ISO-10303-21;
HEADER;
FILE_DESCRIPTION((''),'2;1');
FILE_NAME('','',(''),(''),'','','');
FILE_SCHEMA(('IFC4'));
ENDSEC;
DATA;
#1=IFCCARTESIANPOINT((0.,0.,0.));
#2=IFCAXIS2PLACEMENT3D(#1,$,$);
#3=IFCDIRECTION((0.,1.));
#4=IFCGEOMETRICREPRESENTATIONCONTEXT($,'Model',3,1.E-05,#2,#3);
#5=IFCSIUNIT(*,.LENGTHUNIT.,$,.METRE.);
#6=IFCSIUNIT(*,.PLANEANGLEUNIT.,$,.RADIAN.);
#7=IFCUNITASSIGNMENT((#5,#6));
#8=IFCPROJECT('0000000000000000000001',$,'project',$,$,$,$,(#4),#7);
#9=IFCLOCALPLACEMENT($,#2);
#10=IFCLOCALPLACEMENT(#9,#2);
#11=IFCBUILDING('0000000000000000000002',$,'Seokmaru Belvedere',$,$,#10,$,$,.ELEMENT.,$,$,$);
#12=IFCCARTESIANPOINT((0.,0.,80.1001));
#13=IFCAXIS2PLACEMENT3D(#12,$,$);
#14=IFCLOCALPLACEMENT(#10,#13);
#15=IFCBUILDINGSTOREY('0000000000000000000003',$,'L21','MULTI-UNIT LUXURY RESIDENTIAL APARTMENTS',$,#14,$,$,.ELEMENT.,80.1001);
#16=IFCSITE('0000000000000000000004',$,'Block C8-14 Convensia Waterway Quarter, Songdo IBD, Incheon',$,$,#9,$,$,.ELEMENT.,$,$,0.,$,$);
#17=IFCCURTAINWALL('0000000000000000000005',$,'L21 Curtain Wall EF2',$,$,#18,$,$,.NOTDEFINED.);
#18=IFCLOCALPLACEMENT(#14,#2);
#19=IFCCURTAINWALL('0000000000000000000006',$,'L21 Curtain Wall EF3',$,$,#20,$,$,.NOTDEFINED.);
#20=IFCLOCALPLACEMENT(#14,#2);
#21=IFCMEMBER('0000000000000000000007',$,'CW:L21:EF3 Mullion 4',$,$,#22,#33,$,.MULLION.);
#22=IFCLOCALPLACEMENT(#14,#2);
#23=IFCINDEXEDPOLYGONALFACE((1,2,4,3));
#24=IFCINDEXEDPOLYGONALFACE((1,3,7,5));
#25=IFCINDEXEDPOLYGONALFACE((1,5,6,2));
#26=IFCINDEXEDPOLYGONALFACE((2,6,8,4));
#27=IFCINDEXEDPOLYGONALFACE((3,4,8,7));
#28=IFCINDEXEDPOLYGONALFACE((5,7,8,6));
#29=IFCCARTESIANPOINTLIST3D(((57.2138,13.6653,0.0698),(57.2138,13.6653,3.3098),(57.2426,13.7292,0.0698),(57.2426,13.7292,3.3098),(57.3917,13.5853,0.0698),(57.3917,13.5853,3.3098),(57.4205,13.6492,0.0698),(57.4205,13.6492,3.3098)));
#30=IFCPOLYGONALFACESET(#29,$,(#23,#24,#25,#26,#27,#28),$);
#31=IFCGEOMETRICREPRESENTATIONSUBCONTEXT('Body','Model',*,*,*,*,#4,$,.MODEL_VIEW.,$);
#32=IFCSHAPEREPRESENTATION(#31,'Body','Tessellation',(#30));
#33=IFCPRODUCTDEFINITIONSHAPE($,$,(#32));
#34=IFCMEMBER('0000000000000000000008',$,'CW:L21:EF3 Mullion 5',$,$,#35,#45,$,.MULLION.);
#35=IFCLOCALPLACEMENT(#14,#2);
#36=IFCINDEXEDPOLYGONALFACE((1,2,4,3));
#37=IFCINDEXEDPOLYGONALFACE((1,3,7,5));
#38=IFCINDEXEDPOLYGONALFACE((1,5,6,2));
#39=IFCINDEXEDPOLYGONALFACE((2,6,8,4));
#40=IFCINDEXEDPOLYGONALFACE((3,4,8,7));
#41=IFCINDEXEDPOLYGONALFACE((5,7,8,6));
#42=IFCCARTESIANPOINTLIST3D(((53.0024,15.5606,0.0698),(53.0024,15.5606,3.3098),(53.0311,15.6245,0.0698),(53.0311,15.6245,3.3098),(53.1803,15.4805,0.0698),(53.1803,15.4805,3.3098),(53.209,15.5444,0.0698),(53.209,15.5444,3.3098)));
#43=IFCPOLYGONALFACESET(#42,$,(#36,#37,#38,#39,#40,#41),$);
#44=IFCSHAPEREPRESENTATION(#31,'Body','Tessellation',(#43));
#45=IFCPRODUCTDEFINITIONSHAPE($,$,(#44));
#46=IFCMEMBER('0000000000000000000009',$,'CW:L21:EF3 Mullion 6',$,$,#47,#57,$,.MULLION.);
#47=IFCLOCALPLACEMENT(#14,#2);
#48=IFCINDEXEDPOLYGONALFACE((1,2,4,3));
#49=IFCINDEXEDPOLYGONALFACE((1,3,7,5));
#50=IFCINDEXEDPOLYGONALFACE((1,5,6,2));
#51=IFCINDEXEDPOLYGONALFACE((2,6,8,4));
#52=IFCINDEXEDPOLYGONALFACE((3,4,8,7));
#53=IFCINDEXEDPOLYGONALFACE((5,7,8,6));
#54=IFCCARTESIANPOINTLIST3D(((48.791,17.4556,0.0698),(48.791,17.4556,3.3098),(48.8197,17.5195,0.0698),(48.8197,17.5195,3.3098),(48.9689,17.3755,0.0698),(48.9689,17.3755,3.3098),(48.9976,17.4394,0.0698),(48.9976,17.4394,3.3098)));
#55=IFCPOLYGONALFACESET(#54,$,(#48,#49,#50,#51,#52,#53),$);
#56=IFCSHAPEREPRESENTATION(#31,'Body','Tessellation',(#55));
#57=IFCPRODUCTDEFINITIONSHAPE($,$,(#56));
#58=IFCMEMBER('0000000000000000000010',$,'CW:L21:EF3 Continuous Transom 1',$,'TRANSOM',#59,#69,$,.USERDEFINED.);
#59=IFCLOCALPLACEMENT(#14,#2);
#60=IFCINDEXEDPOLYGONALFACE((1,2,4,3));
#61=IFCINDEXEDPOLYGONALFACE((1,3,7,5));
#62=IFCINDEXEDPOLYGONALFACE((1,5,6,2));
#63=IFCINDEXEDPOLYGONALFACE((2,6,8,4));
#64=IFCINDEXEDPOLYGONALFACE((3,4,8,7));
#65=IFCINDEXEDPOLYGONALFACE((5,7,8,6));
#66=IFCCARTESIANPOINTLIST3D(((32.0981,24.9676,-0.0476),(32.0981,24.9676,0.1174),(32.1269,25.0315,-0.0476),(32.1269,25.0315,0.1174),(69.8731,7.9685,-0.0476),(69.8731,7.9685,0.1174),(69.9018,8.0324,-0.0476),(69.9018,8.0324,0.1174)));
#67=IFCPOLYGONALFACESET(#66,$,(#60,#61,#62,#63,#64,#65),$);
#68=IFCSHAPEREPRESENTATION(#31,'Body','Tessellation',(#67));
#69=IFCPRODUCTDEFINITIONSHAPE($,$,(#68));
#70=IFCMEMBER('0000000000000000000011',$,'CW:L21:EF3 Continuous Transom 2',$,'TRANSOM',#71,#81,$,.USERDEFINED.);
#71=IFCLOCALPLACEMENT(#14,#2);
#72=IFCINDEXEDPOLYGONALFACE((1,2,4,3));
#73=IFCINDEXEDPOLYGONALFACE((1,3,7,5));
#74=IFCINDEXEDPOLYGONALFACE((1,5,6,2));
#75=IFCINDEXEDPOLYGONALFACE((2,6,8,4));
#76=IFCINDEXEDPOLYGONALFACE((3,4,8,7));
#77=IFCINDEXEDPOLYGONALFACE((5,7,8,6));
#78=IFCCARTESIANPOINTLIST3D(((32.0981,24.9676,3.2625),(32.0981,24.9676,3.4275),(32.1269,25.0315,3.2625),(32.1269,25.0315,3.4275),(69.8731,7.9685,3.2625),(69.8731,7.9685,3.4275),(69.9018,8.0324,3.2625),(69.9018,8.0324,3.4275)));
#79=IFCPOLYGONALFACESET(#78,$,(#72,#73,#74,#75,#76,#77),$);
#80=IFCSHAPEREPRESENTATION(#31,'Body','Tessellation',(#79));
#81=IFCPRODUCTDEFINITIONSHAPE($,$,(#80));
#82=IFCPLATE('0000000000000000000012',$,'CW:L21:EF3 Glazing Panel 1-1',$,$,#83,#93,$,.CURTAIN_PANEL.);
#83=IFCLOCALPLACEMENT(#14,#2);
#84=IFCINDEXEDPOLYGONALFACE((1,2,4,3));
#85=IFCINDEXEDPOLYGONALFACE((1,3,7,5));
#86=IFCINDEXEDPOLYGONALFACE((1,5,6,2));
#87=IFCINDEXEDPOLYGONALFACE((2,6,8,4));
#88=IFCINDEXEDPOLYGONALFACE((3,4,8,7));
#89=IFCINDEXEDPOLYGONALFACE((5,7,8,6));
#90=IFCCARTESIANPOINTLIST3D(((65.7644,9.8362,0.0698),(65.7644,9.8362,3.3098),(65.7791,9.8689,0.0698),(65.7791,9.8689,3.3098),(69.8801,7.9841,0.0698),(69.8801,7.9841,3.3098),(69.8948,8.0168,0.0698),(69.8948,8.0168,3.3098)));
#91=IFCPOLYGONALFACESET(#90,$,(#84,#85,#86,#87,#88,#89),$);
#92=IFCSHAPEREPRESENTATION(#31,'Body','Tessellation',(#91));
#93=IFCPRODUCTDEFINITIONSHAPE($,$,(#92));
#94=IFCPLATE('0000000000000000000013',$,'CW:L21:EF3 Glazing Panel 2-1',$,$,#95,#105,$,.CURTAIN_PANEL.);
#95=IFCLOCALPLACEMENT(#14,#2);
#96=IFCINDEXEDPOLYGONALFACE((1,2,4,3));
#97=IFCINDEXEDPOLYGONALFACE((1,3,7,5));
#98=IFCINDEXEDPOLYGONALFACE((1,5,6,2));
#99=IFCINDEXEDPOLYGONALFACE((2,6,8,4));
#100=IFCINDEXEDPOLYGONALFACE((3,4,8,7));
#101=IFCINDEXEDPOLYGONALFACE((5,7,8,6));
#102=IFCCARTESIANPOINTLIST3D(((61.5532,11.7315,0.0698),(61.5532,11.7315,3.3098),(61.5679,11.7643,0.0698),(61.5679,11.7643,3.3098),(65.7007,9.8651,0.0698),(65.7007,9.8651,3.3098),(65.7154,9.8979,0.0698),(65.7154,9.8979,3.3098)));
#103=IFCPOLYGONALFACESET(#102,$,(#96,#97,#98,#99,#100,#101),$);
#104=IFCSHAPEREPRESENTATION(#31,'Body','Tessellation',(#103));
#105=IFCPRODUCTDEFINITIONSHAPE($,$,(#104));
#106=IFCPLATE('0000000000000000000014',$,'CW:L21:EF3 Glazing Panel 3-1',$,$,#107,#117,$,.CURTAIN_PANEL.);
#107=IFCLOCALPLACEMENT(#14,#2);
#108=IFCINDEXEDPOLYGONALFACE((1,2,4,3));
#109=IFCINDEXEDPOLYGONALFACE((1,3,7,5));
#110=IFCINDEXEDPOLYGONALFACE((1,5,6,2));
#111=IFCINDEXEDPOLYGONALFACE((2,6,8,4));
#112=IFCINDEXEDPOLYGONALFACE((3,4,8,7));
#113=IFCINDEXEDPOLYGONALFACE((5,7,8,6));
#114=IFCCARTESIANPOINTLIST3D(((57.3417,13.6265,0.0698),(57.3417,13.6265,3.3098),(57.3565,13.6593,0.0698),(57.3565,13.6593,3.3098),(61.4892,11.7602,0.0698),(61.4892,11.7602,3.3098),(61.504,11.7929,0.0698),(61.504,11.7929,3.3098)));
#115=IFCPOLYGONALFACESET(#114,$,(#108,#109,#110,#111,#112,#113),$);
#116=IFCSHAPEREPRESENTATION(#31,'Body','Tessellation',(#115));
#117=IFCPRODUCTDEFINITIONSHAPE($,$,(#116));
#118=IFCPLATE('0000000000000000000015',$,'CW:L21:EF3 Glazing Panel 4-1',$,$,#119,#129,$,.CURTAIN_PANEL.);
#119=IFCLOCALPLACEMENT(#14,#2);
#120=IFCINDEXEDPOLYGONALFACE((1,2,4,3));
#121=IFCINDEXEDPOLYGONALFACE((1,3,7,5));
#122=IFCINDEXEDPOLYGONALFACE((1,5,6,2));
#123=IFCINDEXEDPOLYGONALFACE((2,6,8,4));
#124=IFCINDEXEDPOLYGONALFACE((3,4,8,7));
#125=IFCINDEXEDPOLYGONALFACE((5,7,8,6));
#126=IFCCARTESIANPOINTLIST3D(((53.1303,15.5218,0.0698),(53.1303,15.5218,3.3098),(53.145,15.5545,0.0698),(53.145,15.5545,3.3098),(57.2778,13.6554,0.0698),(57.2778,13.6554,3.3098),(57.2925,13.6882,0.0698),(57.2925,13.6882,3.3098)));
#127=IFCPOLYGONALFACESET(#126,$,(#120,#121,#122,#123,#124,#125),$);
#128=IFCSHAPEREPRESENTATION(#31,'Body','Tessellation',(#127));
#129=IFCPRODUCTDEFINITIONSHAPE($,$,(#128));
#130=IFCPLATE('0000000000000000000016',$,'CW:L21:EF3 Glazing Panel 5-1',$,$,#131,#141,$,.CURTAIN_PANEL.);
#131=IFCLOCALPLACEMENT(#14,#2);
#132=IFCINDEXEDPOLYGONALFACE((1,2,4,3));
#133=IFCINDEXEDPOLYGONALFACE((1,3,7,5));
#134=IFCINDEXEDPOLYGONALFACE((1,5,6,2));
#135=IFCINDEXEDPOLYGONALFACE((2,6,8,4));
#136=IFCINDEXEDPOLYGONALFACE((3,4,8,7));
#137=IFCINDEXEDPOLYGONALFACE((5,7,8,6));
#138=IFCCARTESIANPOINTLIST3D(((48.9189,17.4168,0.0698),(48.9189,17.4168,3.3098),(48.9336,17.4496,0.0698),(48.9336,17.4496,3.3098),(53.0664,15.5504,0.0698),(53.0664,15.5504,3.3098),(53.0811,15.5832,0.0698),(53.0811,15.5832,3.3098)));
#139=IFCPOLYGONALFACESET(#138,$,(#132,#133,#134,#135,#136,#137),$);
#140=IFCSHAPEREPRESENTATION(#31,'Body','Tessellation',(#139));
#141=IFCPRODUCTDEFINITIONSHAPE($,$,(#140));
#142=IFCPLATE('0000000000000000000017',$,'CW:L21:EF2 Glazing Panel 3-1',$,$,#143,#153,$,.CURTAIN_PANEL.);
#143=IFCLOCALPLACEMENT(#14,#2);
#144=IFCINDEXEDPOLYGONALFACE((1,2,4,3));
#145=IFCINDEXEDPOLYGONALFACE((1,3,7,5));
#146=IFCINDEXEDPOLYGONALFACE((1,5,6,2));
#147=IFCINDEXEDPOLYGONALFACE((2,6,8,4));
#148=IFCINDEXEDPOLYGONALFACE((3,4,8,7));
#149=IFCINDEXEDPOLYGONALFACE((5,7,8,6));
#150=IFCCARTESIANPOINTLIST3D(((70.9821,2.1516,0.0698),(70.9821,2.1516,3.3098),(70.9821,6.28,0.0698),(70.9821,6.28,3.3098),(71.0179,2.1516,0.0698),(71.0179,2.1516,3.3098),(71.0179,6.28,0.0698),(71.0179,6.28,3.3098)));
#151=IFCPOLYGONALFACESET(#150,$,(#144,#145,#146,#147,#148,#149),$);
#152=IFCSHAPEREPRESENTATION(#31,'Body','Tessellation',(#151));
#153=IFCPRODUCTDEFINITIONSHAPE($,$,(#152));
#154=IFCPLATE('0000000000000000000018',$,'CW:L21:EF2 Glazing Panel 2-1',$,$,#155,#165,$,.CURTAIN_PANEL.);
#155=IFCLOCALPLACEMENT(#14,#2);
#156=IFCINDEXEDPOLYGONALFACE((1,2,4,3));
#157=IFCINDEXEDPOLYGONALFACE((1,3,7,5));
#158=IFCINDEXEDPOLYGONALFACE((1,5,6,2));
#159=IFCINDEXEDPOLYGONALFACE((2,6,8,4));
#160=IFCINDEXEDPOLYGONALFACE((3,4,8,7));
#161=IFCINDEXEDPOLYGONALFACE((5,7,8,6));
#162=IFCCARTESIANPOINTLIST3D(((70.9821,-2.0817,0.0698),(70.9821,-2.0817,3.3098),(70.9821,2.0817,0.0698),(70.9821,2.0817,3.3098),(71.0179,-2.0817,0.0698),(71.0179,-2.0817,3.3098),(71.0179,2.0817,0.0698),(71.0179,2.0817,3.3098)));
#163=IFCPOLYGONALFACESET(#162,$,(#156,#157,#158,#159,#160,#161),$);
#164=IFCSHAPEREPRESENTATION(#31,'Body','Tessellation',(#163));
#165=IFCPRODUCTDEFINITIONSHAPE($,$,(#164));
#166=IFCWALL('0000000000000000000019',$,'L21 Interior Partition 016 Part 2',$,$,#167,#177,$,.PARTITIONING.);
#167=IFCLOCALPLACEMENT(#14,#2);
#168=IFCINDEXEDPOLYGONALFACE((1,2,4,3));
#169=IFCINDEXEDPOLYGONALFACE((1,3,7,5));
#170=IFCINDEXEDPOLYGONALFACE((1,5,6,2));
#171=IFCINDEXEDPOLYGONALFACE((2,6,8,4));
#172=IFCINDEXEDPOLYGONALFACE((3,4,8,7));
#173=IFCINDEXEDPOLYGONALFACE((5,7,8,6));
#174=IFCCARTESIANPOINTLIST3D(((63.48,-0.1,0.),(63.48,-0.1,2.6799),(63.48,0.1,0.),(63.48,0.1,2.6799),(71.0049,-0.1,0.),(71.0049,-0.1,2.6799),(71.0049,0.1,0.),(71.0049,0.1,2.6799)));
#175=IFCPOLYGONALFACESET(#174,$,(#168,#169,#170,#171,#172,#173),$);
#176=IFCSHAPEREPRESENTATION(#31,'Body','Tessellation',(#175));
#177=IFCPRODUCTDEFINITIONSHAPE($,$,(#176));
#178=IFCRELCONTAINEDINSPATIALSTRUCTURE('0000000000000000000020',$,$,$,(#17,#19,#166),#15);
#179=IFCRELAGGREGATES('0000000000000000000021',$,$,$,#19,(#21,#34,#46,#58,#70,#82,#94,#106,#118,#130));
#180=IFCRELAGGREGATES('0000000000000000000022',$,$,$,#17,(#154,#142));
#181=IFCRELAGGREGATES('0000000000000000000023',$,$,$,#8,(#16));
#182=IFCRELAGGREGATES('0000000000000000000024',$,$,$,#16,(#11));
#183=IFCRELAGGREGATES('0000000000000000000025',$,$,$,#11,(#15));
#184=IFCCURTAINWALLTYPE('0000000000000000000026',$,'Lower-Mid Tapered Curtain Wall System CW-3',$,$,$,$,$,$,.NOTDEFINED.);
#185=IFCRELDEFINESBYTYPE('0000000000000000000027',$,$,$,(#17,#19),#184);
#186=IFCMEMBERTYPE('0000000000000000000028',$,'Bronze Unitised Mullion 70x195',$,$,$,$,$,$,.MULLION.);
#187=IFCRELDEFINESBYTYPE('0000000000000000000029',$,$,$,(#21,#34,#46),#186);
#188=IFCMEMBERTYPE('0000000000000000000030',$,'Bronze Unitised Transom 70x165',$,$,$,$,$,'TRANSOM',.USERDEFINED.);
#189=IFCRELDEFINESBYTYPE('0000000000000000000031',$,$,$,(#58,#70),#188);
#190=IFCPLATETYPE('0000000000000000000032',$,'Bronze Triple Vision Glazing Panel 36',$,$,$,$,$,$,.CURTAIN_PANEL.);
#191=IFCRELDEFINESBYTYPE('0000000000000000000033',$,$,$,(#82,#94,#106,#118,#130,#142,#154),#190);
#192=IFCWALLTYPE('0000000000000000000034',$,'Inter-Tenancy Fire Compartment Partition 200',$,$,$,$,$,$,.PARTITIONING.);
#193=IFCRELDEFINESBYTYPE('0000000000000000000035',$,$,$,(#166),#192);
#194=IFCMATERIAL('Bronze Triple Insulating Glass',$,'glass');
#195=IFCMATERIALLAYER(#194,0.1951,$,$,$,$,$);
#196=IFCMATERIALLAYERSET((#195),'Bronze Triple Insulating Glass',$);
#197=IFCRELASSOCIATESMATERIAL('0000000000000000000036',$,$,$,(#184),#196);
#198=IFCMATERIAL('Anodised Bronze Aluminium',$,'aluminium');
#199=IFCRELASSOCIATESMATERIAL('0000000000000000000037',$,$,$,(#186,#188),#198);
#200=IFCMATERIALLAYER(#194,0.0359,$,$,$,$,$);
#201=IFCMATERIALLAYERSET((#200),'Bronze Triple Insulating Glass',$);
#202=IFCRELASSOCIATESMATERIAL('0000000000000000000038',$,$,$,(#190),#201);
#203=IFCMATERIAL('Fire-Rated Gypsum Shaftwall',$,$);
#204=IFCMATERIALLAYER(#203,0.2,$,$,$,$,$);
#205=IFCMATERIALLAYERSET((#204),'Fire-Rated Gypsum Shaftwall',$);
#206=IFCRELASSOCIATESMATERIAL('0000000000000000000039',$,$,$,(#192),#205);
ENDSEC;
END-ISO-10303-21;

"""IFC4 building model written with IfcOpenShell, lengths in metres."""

from ifc_helpers import new_model, si_unit, direction, frame, frame_2d, origin, origin_2d, place, context, subcontext, project, spatial, rectangle, extrude, source, transform, mapped, material, layer, layer_set, material_profile, profile_set, type_object, type_shapes, element, aggregate, save


model = new_model("IFC4")

# Units and contexts
model_context = context("Model", 3, precision=1e-05, world=origin(), true_north=direction((0.0, 1.0)))
body_context = subcontext(model_context, "Body", "Model", "MODEL_VIEW")
ifc_project = project(units=[si_unit("LENGTHUNIT", "METRE"), si_unit("PLANEANGLEUNIT", "RADIAN")], contexts=[model_context])

# Site, building, storey
site_placement = place(None, origin())
site = spatial("IfcSite", under=ifc_project, at=site_placement, Name="Block C8-14 Convensia Waterway Quarter, Songdo IBD, Incheon", CompositionType="ELEMENT", RefElevation=0.0)
building_placement = place(site_placement, origin())
building = spatial("IfcBuilding", under=site, at=building_placement, Name="Seokmaru Belvedere", CompositionType="ELEMENT")
storey_placement = place(building_placement, frame((0.0, 0.0, 80.1001)))
storey = spatial("IfcBuildingStorey", under=building, at=storey_placement, Name="L21", Description="MULTI-UNIT LUXURY RESIDENTIAL APARTMENTS", CompositionType="ELEMENT", Elevation=80.1001)

# Curtain walls
ifc_material_1 = material(Name="Bronze Triple Insulating Glass", Category="glass")
ifc_layer_1 = layer(ifc_material_1, 0.1951)
ifc_layer_set_1 = layer_set([ifc_layer_1], Name="Bronze Triple Insulating Glass")
curtain_wall_type = type_object("IfcCurtainWallType", Name="Lower-Mid Tapered Curtain Wall System CW-3", PredefinedType="NOTDEFINED", material=ifc_layer_set_1)
curtain_wall_1_placement = place(storey_placement, origin())
curtain_wall_1 = element("IfcCurtainWall", 1, at=curtain_wall_1_placement, inside=storey, type_object=curtain_wall_type, Name="L21 Curtain Wall EF2", PredefinedType="NOTDEFINED")
ifc_material_2 = material(Name="Anodised Bronze Aluminium", Category="aluminium")
ifc_material_profile_1 = material_profile(ifc_material_2, rectangle(XDim=0.0701, YDim=0.1951, at=origin_2d()), Name="CW-M-70x195")
ifc_profile_set_1 = profile_set([ifc_material_profile_1], Name="Anodised Bronze Aluminium")
member_type_1 = type_object("IfcMemberType", Name="Bronze Unitised Mullion 70x195", PredefinedType="MULLION", material=ifc_profile_set_1)
curtain_wall_2_placement = place(storey_placement, origin())
curtain_wall_2 = element("IfcCurtainWall", 2, at=curtain_wall_2_placement, inside=storey, type_object=curtain_wall_type, Name="L21 Curtain Wall EF3", PredefinedType="NOTDEFINED")

# Members
shared_shape_1 = source(origin(), body_context, "Body", "SweptSolid", [
    extrude(rectangle(XDim=0.0701, YDim=0.1951, at=origin_2d()), origin(), (0.0, 0.0, 1.0), 3.24),
])
member_1_placement = place(storey_placement, frame((57.3171, 13.6572, 0.0698), z_axis=(0.0, 0.0, 1.0), x_axis=(-0.410366, -0.911921, 0.0)))
member_1 = element("IfcMember", 3, at=member_1_placement, type_object=member_type_1, Name="CW:L21:EF3 Mullion 4", PredefinedType="MULLION", context=body_context, shape_type="MappedRepresentation", body=[
    mapped(shared_shape_1, transform((0.0, 0.0, 0.0), scale=1.0)),
])
member_2_placement = place(storey_placement, frame((53.1057, 15.5525, 0.0698), z_axis=(0.0, 0.0, 1.0), x_axis=(-0.410366, -0.911921, 0.0)))
member_2 = element("IfcMember", 4, at=member_2_placement, type_object=member_type_1, Name="CW:L21:EF3 Mullion 5", PredefinedType="MULLION", context=body_context, shape_type="MappedRepresentation", body=[
    mapped(shared_shape_1, transform((0.0, 0.0, 0.0), scale=1.0)),
])
member_3_placement = place(storey_placement, frame((48.8943, 17.4475, 0.0698), z_axis=(0.0, 0.0, 1.0), x_axis=(-0.410366, -0.911921, 0.0)))
member_3 = element("IfcMember", 5, at=member_3_placement, type_object=member_type_1, Name="CW:L21:EF3 Mullion 6", PredefinedType="MULLION", context=body_context, shape_type="MappedRepresentation", body=[
    mapped(shared_shape_1, transform((0.0, 0.0, 0.0), scale=1.0)),
])
ifc_material_profile_2 = material_profile(ifc_material_2, rectangle(XDim=0.0701, YDim=0.165, at=origin_2d()), Name="CW-T-70x165")
ifc_profile_set_2 = profile_set([ifc_material_profile_2], Name="Anodised Bronze Aluminium")
member_type_2 = type_object("IfcMemberType", Name="Bronze Unitised Transom 70x165", ElementType="TRANSOM", PredefinedType="USERDEFINED", material=ifc_profile_set_2)
shared_shape_2 = source(origin(), body_context, "Body", "SweptSolid", [
    extrude(rectangle(XDim=0.0701, YDim=0.165, at=origin_2d()), origin(), (0.0, 0.0, 1.0), 41.4236),
])
type_shapes(member_type_2, [shared_shape_2])
member_4_placement = place(storey_placement, frame((69.8875, 8.0005, 0.0349), z_axis=(-0.911919, 0.410371, 0.0), x_axis=(-0.410371, -0.911919, 0.0)))
member_4 = element("IfcMember", 6, at=member_4_placement, type_object=member_type_2, Name="CW:L21:EF3 Continuous Transom 1", ObjectType="TRANSOM", PredefinedType="USERDEFINED", context=body_context, shape_type="MappedRepresentation", body=[
    mapped(shared_shape_2, transform((0.0, 0.0, 0.0), scale=1.0)),
])
member_5_placement = place(storey_placement, frame((69.8875, 8.0005, 3.345), z_axis=(-0.911919, 0.410371, 0.0), x_axis=(-0.410371, -0.911919, 0.0)))
member_5 = element("IfcMember", 7, at=member_5_placement, type_object=member_type_2, Name="CW:L21:EF3 Continuous Transom 2", ObjectType="TRANSOM", PredefinedType="USERDEFINED", context=body_context, shape_type="MappedRepresentation", body=[
    mapped(shared_shape_2, transform((0.0, 0.0, 0.0), scale=1.0)),
])

# Plates
ifc_layer_2 = layer(ifc_material_1, 0.0359)
ifc_layer_set_2 = layer_set([ifc_layer_2], Name="Bronze Triple Insulating Glass")
plate_type = type_object("IfcPlateType", Name="Bronze Triple Vision Glazing Panel 36", PredefinedType="CURTAIN_PANEL", material=ifc_layer_set_2)
shared_shape_3 = source(origin(), body_context, "Body", "SweptSolid", [
    extrude(rectangle(XDim=4.5132, YDim=0.0359, at=origin_2d()), origin(), (0.0, 0.0, 1.0), 3.24),
])
plate_1_placement = place(storey_placement, frame((67.8296, 8.9265, 0.0698), z_axis=(0.0, 0.0, 1.0), x_axis=(-0.911921, 0.410366, 0.0)))
plate_1 = element("IfcPlate", 8, at=plate_1_placement, type_object=plate_type, Name="CW:L21:EF3 Glazing Panel 1-1", PredefinedType="CURTAIN_PANEL", context=body_context, shape_type="MappedRepresentation", body=[
    mapped(shared_shape_3, transform((0.0, 0.0, 0.0), scale=1.0)),
])
shared_shape_4 = source(origin(), body_context, "Body", "SweptSolid", [
    extrude(rectangle(XDim=4.5481, YDim=0.0359, at=origin_2d()), origin(), (0.0, 0.0, 1.0), 3.24),
])
plate_2_placement = place(storey_placement, frame((63.6343, 10.8147, 0.0698), z_axis=(0.0, 0.0, 1.0), x_axis=(-0.911921, 0.410366, 0.0)))
plate_2 = element("IfcPlate", 9, at=plate_2_placement, type_object=plate_type, Name="CW:L21:EF3 Glazing Panel 2-1", PredefinedType="CURTAIN_PANEL", context=body_context, shape_type="MappedRepresentation", body=[
    mapped(shared_shape_4, transform((0.0, 0.0, 0.0), scale=1.0)),
])
plate_3_placement = place(storey_placement, frame((59.4229, 12.7097, 0.0698), z_axis=(0.0, 0.0, 1.0), x_axis=(-0.911921, 0.410366, 0.0)))
plate_3 = element("IfcPlate", 10, at=plate_3_placement, type_object=plate_type, Name="CW:L21:EF3 Glazing Panel 3-1", PredefinedType="CURTAIN_PANEL", context=body_context, shape_type="MappedRepresentation", body=[
    mapped(shared_shape_4, transform((0.0, 0.0, 0.0), scale=1.0)),
])
plate_4_placement = place(storey_placement, frame((55.2114, 14.605, 0.0698), z_axis=(0.0, 0.0, 1.0), x_axis=(-0.911921, 0.410366, 0.0)))
plate_4 = element("IfcPlate", 11, at=plate_4_placement, type_object=plate_type, Name="CW:L21:EF3 Glazing Panel 4-1", PredefinedType="CURTAIN_PANEL", context=body_context, shape_type="MappedRepresentation", body=[
    mapped(shared_shape_4, transform((0.0, 0.0, 0.0), scale=1.0)),
])
plate_5_placement = place(storey_placement, frame((51.0, 16.5, 0.0698), z_axis=(0.0, 0.0, 1.0), x_axis=(-0.911921, 0.410366, 0.0)))
plate_5 = element("IfcPlate", 12, at=plate_5_placement, type_object=plate_type, Name="CW:L21:EF3 Glazing Panel 5-1", PredefinedType="CURTAIN_PANEL", context=body_context, shape_type="MappedRepresentation", body=[
    mapped(shared_shape_4, transform((0.0, 0.0, 0.0), scale=1.0)),
])
aggregate(curtain_wall_2, [member_1, member_2, member_3, member_4, member_5, plate_1, plate_2, plate_3, plate_4, plate_5])
shared_shape_5 = source(origin(), body_context, "Body", "SweptSolid", [
    extrude(rectangle(XDim=4.1284, YDim=0.0359, at=origin_2d()), origin(), (0.0, 0.0, 1.0), 3.24),
])
plate_6_placement = place(storey_placement, frame((71.0, 4.2158, 0.0698), z_axis=(0.0, 0.0, 1.0), x_axis=(0.0, 1.0, 0.0)))
plate_6 = element("IfcPlate", 13, at=plate_6_placement, type_object=plate_type, Name="CW:L21:EF2 Glazing Panel 3-1", PredefinedType="CURTAIN_PANEL", context=body_context, shape_type="MappedRepresentation", body=[
    mapped(shared_shape_5, transform((0.0, 0.0, 0.0), scale=1.0)),
])
shared_shape_6 = source(origin(), body_context, "Body", "SweptSolid", [
    extrude(rectangle(XDim=4.1633, YDim=0.0359, at=origin_2d()), origin(), (0.0, 0.0, 1.0), 3.24),
])
type_shapes(plate_type, [shared_shape_3, shared_shape_4, shared_shape_5, shared_shape_6])
plate_7_placement = place(storey_placement, frame((71.0, 0.0, 0.0698), z_axis=(0.0, 0.0, 1.0), x_axis=(0.0, 1.0, 0.0)))
plate_7 = element("IfcPlate", 14, at=plate_7_placement, type_object=plate_type, Name="CW:L21:EF2 Glazing Panel 2-1", PredefinedType="CURTAIN_PANEL", context=body_context, shape_type="MappedRepresentation", body=[
    mapped(shared_shape_6, transform((0.0, 0.0, 0.0), scale=1.0)),
])
aggregate(curtain_wall_1, [plate_7, plate_6])

# Wall
ifc_material_3 = material(Name="Fire-Rated Gypsum Shaftwall")
ifc_layer_3 = layer(ifc_material_3, 0.2)
ifc_layer_set_3 = layer_set([ifc_layer_3], Name="Fire-Rated Gypsum Shaftwall")
wall_type_1 = type_object("IfcWallType", Name="Inter-Tenancy Fire Compartment Partition 200", PredefinedType="PARTITIONING", material=ifc_layer_set_3)
wall_placement = place(storey_placement, frame((63.48, 0.0, 0.0), z_axis=(0.0, 0.0, 1.0), x_axis=(1.0, 0.0, 0.0)))
element("IfcWall", 15, at=wall_placement, inside=storey, type_object=wall_type_1, Name="L21 Interior Partition 016 Part 2", PredefinedType="PARTITIONING", context=body_context, shape_type="SweptSolid", body=[
    extrude(rectangle(XDim=7.5249, YDim=0.2, at=frame_2d((3.7625, 0.0))), origin(), (0.0, 0.0, 1.0), 2.6799),
])

save(model, "model.ifc")
